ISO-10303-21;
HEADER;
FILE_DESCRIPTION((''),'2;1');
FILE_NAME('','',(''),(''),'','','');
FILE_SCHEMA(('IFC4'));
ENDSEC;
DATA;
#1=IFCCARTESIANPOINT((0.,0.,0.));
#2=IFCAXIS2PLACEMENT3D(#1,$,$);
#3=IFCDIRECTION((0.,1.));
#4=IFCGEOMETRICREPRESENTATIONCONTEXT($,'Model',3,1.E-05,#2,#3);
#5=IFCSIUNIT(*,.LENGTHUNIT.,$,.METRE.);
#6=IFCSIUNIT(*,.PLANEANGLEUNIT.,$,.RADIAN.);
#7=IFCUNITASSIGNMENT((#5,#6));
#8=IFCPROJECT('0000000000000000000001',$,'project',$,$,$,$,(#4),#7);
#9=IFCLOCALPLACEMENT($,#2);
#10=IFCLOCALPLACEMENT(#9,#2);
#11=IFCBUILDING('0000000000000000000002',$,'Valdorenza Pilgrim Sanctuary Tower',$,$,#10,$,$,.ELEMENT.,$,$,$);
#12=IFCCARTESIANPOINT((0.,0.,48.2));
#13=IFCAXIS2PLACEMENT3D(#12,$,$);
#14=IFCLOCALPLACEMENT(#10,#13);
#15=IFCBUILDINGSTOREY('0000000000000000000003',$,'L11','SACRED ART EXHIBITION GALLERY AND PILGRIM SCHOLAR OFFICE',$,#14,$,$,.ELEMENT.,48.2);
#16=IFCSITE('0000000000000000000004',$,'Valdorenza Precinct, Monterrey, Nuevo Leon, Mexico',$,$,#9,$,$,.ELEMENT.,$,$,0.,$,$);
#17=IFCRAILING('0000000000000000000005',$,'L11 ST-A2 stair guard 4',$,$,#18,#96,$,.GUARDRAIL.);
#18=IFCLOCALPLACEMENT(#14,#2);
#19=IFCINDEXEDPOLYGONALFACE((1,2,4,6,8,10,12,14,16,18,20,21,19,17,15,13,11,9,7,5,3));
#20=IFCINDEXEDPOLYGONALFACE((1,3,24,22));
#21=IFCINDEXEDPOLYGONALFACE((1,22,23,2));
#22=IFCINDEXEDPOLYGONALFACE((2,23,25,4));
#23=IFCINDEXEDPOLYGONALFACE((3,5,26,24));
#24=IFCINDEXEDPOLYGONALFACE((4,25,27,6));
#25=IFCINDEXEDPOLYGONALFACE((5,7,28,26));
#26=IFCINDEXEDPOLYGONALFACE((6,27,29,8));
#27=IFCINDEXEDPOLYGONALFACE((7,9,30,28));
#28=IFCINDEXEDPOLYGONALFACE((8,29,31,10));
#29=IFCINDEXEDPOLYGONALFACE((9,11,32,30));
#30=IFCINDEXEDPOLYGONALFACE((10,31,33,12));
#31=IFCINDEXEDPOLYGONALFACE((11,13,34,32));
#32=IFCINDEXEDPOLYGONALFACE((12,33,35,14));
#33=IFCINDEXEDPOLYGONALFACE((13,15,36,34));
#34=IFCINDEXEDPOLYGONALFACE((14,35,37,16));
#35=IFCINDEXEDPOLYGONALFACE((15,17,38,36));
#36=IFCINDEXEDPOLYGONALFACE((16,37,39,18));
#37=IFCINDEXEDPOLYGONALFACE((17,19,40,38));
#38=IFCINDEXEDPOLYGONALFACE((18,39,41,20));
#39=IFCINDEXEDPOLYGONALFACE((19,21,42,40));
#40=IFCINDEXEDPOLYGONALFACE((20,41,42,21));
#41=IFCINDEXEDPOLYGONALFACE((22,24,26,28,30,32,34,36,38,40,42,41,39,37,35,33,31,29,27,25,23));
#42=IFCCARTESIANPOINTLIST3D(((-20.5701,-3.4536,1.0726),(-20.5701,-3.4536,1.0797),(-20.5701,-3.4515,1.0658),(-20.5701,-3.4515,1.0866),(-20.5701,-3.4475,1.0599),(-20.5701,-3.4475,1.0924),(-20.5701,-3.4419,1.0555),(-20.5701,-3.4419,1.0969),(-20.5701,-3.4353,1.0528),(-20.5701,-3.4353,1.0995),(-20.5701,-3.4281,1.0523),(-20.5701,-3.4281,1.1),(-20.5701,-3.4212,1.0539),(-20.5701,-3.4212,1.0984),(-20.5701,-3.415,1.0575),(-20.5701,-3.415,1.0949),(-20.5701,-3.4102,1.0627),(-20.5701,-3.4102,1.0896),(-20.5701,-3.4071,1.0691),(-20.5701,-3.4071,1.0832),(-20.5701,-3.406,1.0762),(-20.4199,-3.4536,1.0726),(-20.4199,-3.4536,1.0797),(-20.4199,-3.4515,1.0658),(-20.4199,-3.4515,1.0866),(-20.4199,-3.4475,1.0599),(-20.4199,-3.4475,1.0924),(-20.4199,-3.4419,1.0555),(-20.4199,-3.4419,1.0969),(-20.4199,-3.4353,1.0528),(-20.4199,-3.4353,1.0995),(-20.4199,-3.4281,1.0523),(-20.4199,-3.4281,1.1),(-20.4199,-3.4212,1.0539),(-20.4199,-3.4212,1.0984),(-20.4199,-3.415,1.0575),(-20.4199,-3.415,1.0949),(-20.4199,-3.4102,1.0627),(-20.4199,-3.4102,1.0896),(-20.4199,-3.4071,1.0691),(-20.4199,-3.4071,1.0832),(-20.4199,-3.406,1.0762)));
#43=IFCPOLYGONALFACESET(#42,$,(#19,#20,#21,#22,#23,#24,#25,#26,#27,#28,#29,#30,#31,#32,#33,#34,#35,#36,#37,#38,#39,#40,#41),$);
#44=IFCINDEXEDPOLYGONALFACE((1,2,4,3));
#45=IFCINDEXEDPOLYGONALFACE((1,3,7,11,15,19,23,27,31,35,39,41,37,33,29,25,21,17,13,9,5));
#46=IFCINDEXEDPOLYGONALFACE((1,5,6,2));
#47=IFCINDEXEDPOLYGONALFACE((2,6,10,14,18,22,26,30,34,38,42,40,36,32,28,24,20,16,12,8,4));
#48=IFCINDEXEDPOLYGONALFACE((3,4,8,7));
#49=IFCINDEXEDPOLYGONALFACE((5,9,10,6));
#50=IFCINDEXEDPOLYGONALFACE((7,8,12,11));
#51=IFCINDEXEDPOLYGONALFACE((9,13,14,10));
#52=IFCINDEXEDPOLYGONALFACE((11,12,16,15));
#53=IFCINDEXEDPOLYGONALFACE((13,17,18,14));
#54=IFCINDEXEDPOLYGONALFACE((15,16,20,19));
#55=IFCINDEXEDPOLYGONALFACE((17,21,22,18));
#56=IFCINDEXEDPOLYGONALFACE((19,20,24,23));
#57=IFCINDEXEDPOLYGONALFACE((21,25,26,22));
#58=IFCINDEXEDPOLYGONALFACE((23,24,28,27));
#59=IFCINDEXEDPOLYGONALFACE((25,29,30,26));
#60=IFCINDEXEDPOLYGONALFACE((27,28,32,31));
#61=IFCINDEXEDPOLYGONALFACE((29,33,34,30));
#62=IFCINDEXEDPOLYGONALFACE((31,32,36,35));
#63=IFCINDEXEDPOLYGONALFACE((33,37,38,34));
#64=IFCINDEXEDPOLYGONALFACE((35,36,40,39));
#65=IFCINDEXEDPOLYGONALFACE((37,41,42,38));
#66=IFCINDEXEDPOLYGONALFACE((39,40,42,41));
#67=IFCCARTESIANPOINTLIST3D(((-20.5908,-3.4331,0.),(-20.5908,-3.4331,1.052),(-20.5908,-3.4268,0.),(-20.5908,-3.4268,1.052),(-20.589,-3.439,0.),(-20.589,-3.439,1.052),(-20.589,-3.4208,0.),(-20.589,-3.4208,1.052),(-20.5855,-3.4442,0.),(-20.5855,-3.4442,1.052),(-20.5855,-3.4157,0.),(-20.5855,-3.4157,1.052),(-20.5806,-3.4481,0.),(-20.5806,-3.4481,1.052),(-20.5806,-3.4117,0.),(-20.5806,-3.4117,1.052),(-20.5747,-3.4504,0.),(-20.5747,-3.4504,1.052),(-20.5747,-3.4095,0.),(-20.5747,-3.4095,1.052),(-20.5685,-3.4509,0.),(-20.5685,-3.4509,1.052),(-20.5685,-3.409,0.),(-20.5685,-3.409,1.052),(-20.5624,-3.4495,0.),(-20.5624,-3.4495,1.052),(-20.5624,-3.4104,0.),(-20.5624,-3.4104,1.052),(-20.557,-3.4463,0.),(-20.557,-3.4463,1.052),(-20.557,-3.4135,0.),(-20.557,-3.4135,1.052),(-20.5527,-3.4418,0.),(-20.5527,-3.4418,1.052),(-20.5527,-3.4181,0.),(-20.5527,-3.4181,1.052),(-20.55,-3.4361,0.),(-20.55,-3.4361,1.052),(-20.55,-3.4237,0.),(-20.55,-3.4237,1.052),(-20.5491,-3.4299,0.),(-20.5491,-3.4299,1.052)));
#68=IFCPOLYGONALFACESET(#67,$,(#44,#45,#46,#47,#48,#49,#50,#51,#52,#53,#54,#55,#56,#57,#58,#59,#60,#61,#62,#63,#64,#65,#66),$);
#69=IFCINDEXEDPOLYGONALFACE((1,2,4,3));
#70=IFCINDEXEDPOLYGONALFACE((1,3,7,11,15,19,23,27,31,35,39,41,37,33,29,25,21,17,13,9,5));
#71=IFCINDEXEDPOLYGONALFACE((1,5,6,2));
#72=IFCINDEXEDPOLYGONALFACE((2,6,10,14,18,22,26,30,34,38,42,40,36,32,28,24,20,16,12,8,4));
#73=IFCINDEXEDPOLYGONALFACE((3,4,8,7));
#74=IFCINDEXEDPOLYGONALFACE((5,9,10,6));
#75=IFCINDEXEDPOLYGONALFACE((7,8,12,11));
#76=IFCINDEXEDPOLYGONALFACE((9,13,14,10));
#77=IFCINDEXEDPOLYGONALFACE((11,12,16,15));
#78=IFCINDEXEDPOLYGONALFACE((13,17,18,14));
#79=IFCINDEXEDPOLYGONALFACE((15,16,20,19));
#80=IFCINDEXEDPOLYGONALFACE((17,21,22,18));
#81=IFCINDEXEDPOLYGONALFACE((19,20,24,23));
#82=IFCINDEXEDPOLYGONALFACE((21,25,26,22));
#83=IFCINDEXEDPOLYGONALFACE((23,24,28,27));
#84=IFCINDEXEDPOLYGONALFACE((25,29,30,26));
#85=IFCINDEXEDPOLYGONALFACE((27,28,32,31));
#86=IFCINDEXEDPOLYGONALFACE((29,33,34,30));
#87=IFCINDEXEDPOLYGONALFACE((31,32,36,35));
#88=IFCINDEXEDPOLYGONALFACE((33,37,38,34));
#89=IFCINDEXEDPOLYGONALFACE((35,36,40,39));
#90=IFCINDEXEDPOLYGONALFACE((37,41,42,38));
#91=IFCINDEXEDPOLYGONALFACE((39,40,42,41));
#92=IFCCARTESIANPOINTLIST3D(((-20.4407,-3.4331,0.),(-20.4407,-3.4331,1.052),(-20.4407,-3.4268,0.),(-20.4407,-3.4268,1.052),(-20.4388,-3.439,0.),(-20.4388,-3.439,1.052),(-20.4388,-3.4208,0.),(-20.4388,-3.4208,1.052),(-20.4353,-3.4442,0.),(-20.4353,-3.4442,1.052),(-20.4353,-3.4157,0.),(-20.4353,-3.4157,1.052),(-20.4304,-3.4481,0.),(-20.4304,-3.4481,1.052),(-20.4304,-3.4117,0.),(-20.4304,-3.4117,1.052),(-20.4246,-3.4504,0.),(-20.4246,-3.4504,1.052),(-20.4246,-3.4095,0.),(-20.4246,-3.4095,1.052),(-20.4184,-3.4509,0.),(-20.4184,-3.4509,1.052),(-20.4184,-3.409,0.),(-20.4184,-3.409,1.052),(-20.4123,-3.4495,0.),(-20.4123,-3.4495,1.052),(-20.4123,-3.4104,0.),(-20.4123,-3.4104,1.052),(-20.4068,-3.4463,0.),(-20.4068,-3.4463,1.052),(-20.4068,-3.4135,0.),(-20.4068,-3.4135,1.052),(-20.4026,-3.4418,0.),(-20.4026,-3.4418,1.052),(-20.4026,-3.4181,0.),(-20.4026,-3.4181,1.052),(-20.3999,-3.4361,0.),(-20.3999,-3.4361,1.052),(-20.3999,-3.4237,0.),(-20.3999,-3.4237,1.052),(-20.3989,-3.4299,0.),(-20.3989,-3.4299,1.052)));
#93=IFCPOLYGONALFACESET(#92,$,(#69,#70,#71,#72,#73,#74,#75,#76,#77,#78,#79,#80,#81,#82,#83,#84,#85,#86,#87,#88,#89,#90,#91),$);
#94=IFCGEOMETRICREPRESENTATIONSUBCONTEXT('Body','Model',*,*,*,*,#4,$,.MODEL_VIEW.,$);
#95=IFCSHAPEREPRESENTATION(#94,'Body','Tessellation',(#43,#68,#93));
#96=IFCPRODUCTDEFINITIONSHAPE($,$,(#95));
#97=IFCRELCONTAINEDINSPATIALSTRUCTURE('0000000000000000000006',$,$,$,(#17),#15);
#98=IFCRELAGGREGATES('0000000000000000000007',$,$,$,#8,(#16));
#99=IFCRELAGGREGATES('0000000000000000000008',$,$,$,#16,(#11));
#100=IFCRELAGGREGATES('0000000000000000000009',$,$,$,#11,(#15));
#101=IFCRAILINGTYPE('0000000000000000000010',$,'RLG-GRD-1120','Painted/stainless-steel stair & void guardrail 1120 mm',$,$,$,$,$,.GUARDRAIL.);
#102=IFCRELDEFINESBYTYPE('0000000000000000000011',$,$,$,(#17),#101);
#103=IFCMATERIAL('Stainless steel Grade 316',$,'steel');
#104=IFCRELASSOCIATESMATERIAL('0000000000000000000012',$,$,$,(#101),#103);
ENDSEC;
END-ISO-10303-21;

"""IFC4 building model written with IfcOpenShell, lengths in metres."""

from ifc_helpers import new_model, si_unit, direction, frame, origin, origin_2d, place, context, subcontext, project, spatial, circle, extrude, material, type_object, element, save


model = new_model("IFC4")

# Units and contexts
model_context = context("Model", 3, precision=1e-05, world=origin(), true_north=direction((0.0, 1.0)))
body_context = subcontext(model_context, "Body", "Model", "MODEL_VIEW")
ifc_project = project(units=[si_unit("LENGTHUNIT", "METRE"), si_unit("PLANEANGLEUNIT", "RADIAN")], contexts=[model_context])

# Site, building, storey
site_placement = place(None, origin())
site = spatial("IfcSite", under=ifc_project, at=site_placement, Name="Valdorenza Precinct, Monterrey, Nuevo Leon, Mexico", CompositionType="ELEMENT", RefElevation=0.0)
building_placement = place(site_placement, origin())
building = spatial("IfcBuilding", under=site, at=building_placement, Name="Valdorenza Pilgrim Sanctuary Tower", CompositionType="ELEMENT")
storey_placement = place(building_placement, frame((0.0, 0.0, 48.2)))
storey = spatial("IfcBuildingStorey", under=building, at=storey_placement, Name="L11", Description="SACRED ART EXHIBITION GALLERY AND PILGRIM SCHOLAR OFFICE", CompositionType="ELEMENT", Elevation=48.2)

# Railing
ifc_material_1 = material(Name="Stainless steel Grade 316", Category="steel")
railing_type_1 = type_object("IfcRailingType", Name="RLG-GRD-1120", Description="Painted/stainless-steel stair & void guardrail 1120 mm", PredefinedType="GUARDRAIL", material=ifc_material_1)
railing_1_placement = place(storey_placement, frame((-20.5701, -3.4299, 0.0)))
element("IfcRailing", 1, at=railing_1_placement, inside=storey, type_object=railing_type_1, Name="L11 ST-A2 stair guard 4", PredefinedType="GUARDRAIL", context=body_context, shape_type="SweptSolid", body=[
    extrude(circle(Radius=0.0239, at=origin_2d()), frame((0.0, 0.0, 1.0762), z_axis=(1.0, 0.0, 0.0), x_axis=(0.0, 1.0, 0.0)), (0.0, 0.0, 1.0), 0.1501),
    extrude(circle(Radius=0.021, at=origin_2d()), origin(), (0.0, 0.0, 1.0), 1.052),
    extrude(circle(Radius=0.021, at=origin_2d()), frame((0.1501, 0.0, 0.0)), (0.0, 0.0, 1.0), 1.052),
])

save(model, "model.ifc")
